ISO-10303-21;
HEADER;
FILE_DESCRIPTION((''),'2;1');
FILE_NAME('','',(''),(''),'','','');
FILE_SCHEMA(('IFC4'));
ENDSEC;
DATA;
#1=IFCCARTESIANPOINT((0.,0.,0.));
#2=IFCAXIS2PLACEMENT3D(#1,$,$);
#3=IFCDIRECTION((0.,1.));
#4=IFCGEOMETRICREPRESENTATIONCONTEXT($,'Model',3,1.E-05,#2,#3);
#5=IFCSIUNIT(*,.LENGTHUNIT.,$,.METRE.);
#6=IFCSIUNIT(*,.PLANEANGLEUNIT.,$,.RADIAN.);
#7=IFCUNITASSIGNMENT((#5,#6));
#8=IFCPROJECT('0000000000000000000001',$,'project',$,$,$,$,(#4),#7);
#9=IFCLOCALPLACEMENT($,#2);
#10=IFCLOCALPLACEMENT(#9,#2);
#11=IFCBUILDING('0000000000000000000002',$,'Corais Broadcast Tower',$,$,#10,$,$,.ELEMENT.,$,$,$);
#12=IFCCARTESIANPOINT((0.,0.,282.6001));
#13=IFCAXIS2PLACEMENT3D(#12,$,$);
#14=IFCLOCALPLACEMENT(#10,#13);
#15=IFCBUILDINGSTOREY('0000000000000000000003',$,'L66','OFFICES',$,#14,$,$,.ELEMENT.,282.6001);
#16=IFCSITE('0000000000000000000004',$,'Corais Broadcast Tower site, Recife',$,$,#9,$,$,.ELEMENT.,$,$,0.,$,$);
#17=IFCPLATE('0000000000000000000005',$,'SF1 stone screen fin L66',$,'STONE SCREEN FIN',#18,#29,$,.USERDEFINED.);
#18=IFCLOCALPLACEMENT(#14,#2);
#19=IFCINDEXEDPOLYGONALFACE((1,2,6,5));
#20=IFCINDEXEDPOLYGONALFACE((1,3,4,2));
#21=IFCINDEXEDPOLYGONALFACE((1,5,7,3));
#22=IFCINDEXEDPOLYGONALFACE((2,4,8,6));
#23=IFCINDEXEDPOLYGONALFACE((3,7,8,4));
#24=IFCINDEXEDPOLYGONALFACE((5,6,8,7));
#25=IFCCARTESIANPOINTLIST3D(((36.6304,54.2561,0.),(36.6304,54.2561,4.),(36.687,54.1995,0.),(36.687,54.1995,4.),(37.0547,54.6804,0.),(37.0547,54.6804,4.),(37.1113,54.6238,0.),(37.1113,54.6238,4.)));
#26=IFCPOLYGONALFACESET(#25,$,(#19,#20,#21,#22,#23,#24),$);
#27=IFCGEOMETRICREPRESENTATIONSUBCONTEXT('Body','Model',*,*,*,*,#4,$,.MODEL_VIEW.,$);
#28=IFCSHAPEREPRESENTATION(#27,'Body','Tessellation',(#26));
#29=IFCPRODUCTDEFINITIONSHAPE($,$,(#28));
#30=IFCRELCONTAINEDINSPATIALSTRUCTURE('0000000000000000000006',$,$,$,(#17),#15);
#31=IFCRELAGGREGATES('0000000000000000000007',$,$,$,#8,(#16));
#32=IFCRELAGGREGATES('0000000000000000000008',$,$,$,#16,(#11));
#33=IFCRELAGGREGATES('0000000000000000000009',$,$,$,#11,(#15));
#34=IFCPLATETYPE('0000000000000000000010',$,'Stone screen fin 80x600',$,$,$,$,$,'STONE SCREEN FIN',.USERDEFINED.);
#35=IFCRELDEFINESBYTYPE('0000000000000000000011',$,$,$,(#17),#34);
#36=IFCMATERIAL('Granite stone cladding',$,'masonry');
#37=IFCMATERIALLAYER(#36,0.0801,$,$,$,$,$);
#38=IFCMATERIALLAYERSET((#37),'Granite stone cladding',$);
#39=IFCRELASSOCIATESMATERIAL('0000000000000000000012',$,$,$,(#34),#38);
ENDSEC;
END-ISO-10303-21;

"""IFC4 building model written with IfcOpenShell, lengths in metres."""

from ifc_helpers import new_model, si_unit, direction, frame, origin, origin_2d, place, context, subcontext, project, spatial, rectangle, extrude, material, layer, layer_set, type_object, element, save


model = new_model("IFC4")

# Units and contexts
model_context = context("Model", 3, precision=1e-05, world=origin(), true_north=direction((0.0, 1.0)))
body_context = subcontext(model_context, "Body", "Model", "MODEL_VIEW")
ifc_project = project(units=[si_unit("LENGTHUNIT", "METRE"), si_unit("PLANEANGLEUNIT", "RADIAN")], contexts=[model_context])

# Site, building, storey
site_placement = place(None, origin())
site = spatial("IfcSite", under=ifc_project, at=site_placement, Name="Corais Broadcast Tower site, Recife", CompositionType="ELEMENT", RefElevation=0.0)
building_placement = place(site_placement, origin())
building = spatial("IfcBuilding", under=site, at=building_placement, Name="Corais Broadcast Tower", CompositionType="ELEMENT")
storey_placement = place(building_placement, frame((0.0, 0.0, 282.6001)))
storey = spatial("IfcBuildingStorey", under=building, at=storey_placement, Name="L66", Description="OFFICES", CompositionType="ELEMENT", Elevation=282.6001)

# Plate
ifc_material_1 = material(Name="Granite stone cladding", Category="masonry")
ifc_layer_1 = layer(ifc_material_1, 0.0801)
ifc_layer_set_1 = layer_set([ifc_layer_1], Name="Granite stone cladding")
plate_type_1 = type_object("IfcPlateType", Name="Stone screen fin 80x600", ElementType="STONE SCREEN FIN", PredefinedType="USERDEFINED", material=ifc_layer_set_1)
plate_1_placement = place(storey_placement, frame((36.8708, 54.4399, 0.0), z_axis=(0.0, 0.0, 1.0), x_axis=(0.707107, -0.707107, 0.0)))
element("IfcPlate", 1, at=plate_1_placement, inside=storey, type_object=plate_type_1, Name="SF1 stone screen fin L66", ObjectType="STONE SCREEN FIN", PredefinedType="USERDEFINED", context=body_context, shape_type="SweptSolid", body=[
    extrude(rectangle(XDim=0.0801, YDim=0.6001, at=origin_2d()), origin(), (0.0, 0.0, 1.0), 4.0),
])

save(model, "model.ifc")
